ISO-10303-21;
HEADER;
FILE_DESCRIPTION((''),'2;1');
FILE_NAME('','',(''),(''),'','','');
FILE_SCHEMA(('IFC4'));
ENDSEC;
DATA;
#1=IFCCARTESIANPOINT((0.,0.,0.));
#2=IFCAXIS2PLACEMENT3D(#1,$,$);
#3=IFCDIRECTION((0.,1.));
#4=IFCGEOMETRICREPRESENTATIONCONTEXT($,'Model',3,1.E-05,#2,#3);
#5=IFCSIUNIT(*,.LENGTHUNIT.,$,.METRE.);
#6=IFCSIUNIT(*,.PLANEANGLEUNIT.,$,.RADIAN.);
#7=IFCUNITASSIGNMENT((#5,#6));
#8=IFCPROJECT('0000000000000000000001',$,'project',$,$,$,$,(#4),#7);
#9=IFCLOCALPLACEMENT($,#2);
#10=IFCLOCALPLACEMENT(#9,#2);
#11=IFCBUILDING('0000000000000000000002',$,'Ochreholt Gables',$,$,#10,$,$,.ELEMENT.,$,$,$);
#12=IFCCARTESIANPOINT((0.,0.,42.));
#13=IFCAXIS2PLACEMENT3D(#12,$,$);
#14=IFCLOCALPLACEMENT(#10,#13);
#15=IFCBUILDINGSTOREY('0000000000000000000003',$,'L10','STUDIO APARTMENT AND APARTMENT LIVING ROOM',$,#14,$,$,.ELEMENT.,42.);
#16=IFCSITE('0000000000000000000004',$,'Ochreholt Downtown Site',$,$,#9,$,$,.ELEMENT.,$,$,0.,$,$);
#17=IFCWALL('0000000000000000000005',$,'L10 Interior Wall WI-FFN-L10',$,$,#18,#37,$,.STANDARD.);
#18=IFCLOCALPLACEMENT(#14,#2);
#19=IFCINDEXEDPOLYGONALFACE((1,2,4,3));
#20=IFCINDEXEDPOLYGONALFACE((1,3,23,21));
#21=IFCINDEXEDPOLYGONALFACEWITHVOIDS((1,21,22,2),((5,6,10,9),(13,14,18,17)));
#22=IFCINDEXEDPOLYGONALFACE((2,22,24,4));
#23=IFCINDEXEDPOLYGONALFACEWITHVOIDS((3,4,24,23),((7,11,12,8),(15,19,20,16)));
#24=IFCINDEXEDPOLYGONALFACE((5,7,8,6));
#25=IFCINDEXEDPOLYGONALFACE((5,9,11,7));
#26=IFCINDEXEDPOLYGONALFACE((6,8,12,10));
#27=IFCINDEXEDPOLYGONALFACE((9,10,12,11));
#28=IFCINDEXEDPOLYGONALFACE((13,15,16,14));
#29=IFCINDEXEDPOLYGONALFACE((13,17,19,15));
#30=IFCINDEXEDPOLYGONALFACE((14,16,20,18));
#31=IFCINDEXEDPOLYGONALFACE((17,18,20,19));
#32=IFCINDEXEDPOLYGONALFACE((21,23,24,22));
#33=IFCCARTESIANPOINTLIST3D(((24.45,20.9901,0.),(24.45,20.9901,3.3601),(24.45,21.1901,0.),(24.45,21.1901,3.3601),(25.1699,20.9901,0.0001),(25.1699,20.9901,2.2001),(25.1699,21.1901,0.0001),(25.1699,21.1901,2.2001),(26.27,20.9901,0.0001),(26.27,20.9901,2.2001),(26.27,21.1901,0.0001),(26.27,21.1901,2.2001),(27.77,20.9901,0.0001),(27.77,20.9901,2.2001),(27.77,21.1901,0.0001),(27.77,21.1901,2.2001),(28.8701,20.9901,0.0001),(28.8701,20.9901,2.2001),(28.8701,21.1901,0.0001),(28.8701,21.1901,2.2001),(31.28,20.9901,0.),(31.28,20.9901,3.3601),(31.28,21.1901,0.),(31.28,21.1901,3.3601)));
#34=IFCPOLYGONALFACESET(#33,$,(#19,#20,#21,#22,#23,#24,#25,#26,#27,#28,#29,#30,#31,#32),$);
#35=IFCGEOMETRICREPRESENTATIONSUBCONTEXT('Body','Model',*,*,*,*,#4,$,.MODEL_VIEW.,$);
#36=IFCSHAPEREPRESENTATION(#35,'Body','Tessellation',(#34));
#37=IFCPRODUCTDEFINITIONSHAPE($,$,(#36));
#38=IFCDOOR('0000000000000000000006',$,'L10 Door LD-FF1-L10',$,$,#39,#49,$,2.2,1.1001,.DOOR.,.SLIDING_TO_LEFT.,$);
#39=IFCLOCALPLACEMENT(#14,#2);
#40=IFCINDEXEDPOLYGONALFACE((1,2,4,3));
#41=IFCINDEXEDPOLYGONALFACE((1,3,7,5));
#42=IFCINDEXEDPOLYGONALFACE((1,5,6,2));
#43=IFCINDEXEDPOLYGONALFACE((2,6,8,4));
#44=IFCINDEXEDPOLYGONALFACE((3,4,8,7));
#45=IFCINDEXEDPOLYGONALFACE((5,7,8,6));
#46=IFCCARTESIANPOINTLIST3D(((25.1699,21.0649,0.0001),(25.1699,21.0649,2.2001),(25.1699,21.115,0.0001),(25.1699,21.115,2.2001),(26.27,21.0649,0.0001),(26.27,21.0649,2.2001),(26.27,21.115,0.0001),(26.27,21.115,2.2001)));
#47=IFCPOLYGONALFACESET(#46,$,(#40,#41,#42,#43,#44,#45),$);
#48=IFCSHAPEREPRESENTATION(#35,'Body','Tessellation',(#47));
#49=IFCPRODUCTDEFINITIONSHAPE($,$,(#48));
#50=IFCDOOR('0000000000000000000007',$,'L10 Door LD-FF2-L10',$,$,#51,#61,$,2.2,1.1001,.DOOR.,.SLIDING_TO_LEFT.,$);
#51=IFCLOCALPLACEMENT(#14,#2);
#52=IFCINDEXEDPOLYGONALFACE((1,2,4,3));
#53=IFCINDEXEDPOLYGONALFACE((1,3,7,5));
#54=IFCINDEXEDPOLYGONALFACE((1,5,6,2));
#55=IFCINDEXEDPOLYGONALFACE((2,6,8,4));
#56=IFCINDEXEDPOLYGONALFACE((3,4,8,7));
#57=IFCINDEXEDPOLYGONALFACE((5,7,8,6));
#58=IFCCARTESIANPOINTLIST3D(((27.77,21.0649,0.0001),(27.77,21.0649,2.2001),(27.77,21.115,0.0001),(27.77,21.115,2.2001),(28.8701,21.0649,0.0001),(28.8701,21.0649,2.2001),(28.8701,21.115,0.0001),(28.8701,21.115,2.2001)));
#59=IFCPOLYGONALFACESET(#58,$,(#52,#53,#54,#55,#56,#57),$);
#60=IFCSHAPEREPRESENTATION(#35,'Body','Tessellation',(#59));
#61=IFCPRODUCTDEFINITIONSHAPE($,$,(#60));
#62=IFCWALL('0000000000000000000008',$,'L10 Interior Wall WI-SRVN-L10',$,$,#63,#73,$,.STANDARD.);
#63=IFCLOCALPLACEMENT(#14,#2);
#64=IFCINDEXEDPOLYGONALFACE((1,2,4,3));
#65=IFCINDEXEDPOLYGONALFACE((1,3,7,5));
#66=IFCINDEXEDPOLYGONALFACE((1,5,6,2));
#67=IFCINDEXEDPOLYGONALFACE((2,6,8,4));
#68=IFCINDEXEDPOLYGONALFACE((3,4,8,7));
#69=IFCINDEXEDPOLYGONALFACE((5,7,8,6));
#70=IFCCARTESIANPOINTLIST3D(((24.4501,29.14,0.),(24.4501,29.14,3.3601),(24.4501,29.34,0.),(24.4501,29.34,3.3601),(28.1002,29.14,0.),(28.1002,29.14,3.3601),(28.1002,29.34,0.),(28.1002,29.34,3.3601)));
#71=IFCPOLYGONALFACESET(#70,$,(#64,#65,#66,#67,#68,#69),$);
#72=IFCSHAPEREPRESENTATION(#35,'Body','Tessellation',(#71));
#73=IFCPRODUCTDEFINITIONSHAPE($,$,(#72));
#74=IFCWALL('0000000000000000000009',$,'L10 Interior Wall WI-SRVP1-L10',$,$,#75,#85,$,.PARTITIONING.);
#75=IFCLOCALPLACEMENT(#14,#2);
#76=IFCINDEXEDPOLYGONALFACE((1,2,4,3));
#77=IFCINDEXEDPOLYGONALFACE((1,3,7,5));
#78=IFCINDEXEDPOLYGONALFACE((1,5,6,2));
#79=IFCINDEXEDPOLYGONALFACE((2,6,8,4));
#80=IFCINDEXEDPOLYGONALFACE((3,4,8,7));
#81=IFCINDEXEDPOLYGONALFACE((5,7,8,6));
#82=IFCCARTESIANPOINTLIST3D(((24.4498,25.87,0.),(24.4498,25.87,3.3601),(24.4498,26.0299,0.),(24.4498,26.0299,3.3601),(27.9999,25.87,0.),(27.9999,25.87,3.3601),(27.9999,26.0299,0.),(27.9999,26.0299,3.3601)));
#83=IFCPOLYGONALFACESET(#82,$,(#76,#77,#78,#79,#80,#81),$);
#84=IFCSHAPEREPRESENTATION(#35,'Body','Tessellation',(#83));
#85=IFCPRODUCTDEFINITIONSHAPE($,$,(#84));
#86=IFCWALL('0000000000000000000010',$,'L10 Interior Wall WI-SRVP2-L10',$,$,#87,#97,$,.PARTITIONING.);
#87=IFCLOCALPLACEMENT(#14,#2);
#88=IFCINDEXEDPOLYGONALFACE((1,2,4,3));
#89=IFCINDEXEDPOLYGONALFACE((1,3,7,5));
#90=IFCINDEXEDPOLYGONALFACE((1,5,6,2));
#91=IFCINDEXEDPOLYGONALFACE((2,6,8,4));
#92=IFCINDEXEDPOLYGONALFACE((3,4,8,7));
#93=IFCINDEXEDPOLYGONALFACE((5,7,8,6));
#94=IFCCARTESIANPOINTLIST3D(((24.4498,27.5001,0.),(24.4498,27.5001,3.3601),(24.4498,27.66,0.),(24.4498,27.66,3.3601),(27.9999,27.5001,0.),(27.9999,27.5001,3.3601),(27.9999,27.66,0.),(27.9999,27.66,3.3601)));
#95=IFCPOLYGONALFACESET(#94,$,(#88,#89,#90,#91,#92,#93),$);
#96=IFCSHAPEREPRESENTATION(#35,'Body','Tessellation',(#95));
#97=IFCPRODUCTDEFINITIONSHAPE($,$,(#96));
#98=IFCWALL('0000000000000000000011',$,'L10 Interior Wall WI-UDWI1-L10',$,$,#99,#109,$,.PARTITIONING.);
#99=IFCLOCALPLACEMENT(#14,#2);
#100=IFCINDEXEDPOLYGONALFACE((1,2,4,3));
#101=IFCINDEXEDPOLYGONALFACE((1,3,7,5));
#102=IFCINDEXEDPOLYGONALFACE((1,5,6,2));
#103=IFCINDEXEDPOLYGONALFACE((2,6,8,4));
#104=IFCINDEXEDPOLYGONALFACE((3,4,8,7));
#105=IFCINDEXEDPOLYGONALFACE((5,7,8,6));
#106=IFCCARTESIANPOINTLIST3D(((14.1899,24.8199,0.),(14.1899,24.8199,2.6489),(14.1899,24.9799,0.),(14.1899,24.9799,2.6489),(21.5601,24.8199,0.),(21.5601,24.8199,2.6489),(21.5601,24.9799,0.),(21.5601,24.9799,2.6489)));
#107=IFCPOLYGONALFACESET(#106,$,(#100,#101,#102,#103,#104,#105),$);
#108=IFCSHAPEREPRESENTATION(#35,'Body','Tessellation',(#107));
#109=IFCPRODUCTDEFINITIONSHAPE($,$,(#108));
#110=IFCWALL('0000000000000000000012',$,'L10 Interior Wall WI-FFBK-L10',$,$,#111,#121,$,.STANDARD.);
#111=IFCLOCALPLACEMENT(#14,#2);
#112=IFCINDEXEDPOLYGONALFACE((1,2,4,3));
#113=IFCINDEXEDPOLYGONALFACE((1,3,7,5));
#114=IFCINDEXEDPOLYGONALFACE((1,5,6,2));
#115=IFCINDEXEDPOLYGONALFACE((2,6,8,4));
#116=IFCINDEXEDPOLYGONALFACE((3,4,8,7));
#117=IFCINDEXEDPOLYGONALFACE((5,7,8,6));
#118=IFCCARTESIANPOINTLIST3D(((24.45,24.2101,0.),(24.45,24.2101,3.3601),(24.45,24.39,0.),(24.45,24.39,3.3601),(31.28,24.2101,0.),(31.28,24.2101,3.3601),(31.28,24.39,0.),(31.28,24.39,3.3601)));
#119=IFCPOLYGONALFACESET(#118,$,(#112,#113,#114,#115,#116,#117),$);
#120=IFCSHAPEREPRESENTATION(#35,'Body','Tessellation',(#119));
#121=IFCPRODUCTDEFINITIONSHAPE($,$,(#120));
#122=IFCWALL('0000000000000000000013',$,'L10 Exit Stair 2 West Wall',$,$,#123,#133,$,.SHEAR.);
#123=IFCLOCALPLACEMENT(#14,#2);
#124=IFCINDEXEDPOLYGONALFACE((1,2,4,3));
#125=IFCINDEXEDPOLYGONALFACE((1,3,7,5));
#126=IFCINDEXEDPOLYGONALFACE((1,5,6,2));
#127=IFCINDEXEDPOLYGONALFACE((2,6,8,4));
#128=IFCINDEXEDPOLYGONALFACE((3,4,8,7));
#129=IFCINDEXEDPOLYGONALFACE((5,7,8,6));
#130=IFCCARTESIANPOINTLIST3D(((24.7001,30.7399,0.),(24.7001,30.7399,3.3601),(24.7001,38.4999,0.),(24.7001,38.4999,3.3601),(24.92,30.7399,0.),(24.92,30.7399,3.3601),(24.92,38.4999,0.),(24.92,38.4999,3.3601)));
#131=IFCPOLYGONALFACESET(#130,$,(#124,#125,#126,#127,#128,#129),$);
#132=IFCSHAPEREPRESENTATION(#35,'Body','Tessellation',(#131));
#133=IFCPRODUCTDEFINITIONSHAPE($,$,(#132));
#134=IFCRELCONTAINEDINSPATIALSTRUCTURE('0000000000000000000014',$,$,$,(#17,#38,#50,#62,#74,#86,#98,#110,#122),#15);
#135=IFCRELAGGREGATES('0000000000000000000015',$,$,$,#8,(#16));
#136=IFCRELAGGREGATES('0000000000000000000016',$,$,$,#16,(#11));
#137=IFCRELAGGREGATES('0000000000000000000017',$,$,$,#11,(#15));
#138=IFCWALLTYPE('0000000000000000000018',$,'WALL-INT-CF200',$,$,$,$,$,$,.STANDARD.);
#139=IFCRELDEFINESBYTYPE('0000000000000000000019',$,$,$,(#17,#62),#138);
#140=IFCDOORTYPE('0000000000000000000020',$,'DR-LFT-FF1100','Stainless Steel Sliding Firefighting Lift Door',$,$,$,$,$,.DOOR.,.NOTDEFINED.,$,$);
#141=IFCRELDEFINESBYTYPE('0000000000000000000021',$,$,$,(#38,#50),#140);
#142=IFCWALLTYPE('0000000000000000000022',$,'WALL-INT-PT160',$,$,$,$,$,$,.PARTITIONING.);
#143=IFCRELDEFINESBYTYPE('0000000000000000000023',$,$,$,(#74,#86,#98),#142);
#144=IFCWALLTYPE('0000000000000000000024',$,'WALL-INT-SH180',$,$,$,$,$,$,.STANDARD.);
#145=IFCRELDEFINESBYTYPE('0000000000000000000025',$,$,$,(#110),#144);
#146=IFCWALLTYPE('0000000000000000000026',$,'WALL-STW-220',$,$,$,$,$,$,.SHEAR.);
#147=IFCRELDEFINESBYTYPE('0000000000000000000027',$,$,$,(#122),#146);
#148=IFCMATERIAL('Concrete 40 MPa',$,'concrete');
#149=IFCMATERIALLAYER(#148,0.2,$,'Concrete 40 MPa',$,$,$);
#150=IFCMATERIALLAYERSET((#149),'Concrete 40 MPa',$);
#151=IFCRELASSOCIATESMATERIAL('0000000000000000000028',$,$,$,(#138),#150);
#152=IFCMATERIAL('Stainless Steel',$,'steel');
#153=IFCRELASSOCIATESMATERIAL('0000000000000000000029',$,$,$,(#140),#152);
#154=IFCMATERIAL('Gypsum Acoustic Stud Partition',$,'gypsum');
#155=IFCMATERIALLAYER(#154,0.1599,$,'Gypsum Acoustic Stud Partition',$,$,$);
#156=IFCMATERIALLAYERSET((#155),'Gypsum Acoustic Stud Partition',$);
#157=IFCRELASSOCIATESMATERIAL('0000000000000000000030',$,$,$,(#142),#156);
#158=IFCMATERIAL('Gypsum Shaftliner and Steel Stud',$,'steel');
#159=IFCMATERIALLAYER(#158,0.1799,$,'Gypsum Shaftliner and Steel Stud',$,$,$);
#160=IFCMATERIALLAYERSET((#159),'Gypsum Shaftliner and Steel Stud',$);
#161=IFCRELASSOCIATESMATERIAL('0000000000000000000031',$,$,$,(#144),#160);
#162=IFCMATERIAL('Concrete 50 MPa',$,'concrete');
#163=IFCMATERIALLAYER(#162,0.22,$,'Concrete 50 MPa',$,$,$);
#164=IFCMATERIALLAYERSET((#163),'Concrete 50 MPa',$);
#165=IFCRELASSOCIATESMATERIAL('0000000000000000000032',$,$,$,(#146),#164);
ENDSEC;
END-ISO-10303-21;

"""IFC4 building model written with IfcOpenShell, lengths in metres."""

from ifc_helpers import new_model, si_unit, direction, frame, frame_2d, origin, place, context, subcontext, project, spatial, rectangle, extrude, material, layer, layer_set, type_object, element, fill, save


model = new_model("IFC4")

# Units and contexts
model_context = context("Model", 3, precision=1e-05, world=origin(), true_north=direction((0.0, 1.0)))
body_context = subcontext(model_context, "Body", "Model", "MODEL_VIEW")
ifc_project = project(units=[si_unit("LENGTHUNIT", "METRE"), si_unit("PLANEANGLEUNIT", "RADIAN")], contexts=[model_context])

# Site, building, storey
site_placement = place(None, origin())
site = spatial("IfcSite", under=ifc_project, at=site_placement, Name="Ochreholt Downtown Site", CompositionType="ELEMENT", RefElevation=0.0)
building_placement = place(site_placement, origin())
building = spatial("IfcBuilding", under=site, at=building_placement, Name="Ochreholt Gables", CompositionType="ELEMENT")
storey_placement = place(building_placement, frame((0.0, 0.0, 42.0)))
storey = spatial("IfcBuildingStorey", under=building, at=storey_placement, Name="L10", Description="STUDIO APARTMENT AND APARTMENT LIVING ROOM", CompositionType="ELEMENT", Elevation=42.0)

# Wall, openings, doors
ifc_material_1 = material(Name="Concrete 40 MPa", Category="concrete")
ifc_layer_1 = layer(ifc_material_1, 0.2, Name="Concrete 40 MPa")
ifc_layer_set_1 = layer_set([ifc_layer_1], Name="Concrete 40 MPa")
wall_type_1 = type_object("IfcWallType", Name="WALL-INT-CF200", PredefinedType="STANDARD", material=ifc_layer_set_1)
wall_1_placement = place(storey_placement, frame((24.45, 21.0901, 0.0), z_axis=(0.0, 0.0, 1.0), x_axis=(1.0, 0.0, 0.0)))
wall_1 = element("IfcWall", 1, at=wall_1_placement, inside=storey, type_object=wall_type_1, Name="L10 Interior Wall WI-FFN-L10", PredefinedType="STANDARD", context=body_context, shape_type="SweptSolid", body=[
    extrude(rectangle(XDim=6.8301, YDim=0.2, at=frame_2d((3.415, 0.0))), origin(), (0.0, 0.0, 1.0), 3.3601),
])
opening_1_placement = place(wall_1_placement, frame((0.72, 0.0, 0.0)))
opening_1 = element("IfcOpeningElement", 2, at=opening_1_placement, cuts=wall_1, PredefinedType="OPENING", context=body_context, shape_type="SweptSolid", body=[
    extrude(rectangle(XDim=1.1001, YDim=2.2, at=frame_2d((0.55, 1.1001))), frame((0.0, 0.1099, 0.0), z_axis=(0.0, -1.0, 0.0), x_axis=(1.0, 0.0, 0.0)), (0.0, 0.0, 1.0), 0.22),
])
opening_2_placement = place(wall_1_placement, frame((3.3201, 0.0, 0.0)))
opening_2 = element("IfcOpeningElement", 3, at=opening_2_placement, cuts=wall_1, PredefinedType="OPENING", context=body_context, shape_type="SweptSolid", body=[
    extrude(rectangle(XDim=1.1001, YDim=2.2, at=frame_2d((0.55, 1.1001))), frame((0.0, 0.1099, 0.0), z_axis=(0.0, -1.0, 0.0), x_axis=(1.0, 0.0, 0.0)), (0.0, 0.0, 1.0), 0.22),
])
ifc_material_2 = material(Name="Stainless Steel", Category="steel")
door_type_1 = type_object("IfcDoorType", Name="DR-LFT-FF1100", Description="Stainless Steel Sliding Firefighting Lift Door", OperationType="NOTDEFINED", PredefinedType="DOOR", material=ifc_material_2)
door_1_placement = place(opening_1_placement, origin())
door_1 = element("IfcDoor", 4, at=door_1_placement, inside=storey, type_object=door_type_1, Name="L10 Door LD-FF1-L10", OperationType="SLIDING_TO_LEFT", OverallHeight=2.2, OverallWidth=1.1001, PredefinedType="DOOR", context=body_context, shape_type="SweptSolid", body=[
    extrude(rectangle(XDim=1.1001, YDim=2.2, at=frame_2d((0.55, 1.1001))), frame((0.0, 0.0249, 0.0), z_axis=(0.0, -1.0, 0.0), x_axis=(1.0, 0.0, 0.0)), (0.0, 0.0, 1.0), 0.05),
])
fill(opening_1, door_1)
door_2_placement = place(opening_2_placement, origin())
door_2 = element("IfcDoor", 5, at=door_2_placement, inside=storey, type_object=door_type_1, Name="L10 Door LD-FF2-L10", OperationType="SLIDING_TO_LEFT", OverallHeight=2.2, OverallWidth=1.1001, PredefinedType="DOOR", context=body_context, shape_type="SweptSolid", body=[
    extrude(rectangle(XDim=1.1001, YDim=2.2, at=frame_2d((0.55, 1.1001))), frame((0.0, 0.0249, 0.0), z_axis=(0.0, -1.0, 0.0), x_axis=(1.0, 0.0, 0.0)), (0.0, 0.0, 1.0), 0.05),
])
fill(opening_2, door_2)

# Walls
wall_2_placement = place(storey_placement, frame((24.45, 29.24, 0.0), z_axis=(0.0, 0.0, 1.0), x_axis=(1.0, 0.0, 0.0)))
element("IfcWall", 6, at=wall_2_placement, inside=storey, type_object=wall_type_1, Name="L10 Interior Wall WI-SRVN-L10", PredefinedType="STANDARD", context=body_context, shape_type="SweptSolid", body=[
    extrude(rectangle(XDim=3.6501, YDim=0.2, at=frame_2d((1.8252, 0.0))), origin(), (0.0, 0.0, 1.0), 3.3601),
])
ifc_material_3 = material(Name="Gypsum Acoustic Stud Partition", Category="gypsum")
ifc_layer_2 = layer(ifc_material_3, 0.1599, Name="Gypsum Acoustic Stud Partition")
ifc_layer_set_2 = layer_set([ifc_layer_2], Name="Gypsum Acoustic Stud Partition")
wall_type_2 = type_object("IfcWallType", Name="WALL-INT-PT160", PredefinedType="PARTITIONING", material=ifc_layer_set_2)
for number, where, z_axis, x_axis, name in (
    (7, (24.45, 25.95, 0.0), (0.0, 0.0, 1.0), (1.0, 0.0, 0.0), "L10 Interior Wall WI-SRVP1-L10"),
    (8, (24.45, 27.5801, 0.0), (0.0, 0.0, 1.0), (1.0, 0.0, 0.0), "L10 Interior Wall WI-SRVP2-L10"),
):
    element("IfcWall", number, at=place(storey_placement, frame(where, z_axis=z_axis, x_axis=x_axis)), inside=storey, type_object=wall_type_2, Name=name, PredefinedType="PARTITIONING", context=body_context, shape_type="SweptSolid", body=[
        extrude(rectangle(XDim=3.55, YDim=0.1599, at=frame_2d((1.7749, 0.0))), origin(), (0.0, 0.0, 1.0), 3.3601),
    ])
wall_3_placement = place(storey_placement, frame((14.1899, 24.8999, 0.0), z_axis=(0.0, 0.0, 1.0), x_axis=(1.0, 0.0, 0.0)))
element("IfcWall", 9, at=wall_3_placement, inside=storey, type_object=wall_type_2, Name="L10 Interior Wall WI-UDWI1-L10", PredefinedType="PARTITIONING", context=body_context, shape_type="SweptSolid", body=[
    extrude(rectangle(XDim=7.3701, YDim=0.1599, at=frame_2d((3.6851, 0.0))), origin(), (0.0, 0.0, 1.0), 2.6489),
])
ifc_material_4 = material(Name="Gypsum Shaftliner and Steel Stud", Category="steel")
ifc_layer_3 = layer(ifc_material_4, 0.1799, Name="Gypsum Shaftliner and Steel Stud")
ifc_layer_set_3 = layer_set([ifc_layer_3], Name="Gypsum Shaftliner and Steel Stud")
wall_type_3 = type_object("IfcWallType", Name="WALL-INT-SH180", PredefinedType="STANDARD", material=ifc_layer_set_3)
wall_4_placement = place(storey_placement, frame((24.45, 24.3, 0.0), z_axis=(0.0, 0.0, 1.0), x_axis=(1.0, 0.0, 0.0)))
element("IfcWall", 10, at=wall_4_placement, inside=storey, type_object=wall_type_3, Name="L10 Interior Wall WI-FFBK-L10", PredefinedType="STANDARD", context=body_context, shape_type="SweptSolid", body=[
    extrude(rectangle(XDim=6.8301, YDim=0.1799, at=frame_2d((3.415, 0.0))), origin(), (0.0, 0.0, 1.0), 3.3601),
])
ifc_material_5 = material(Name="Concrete 50 MPa", Category="concrete")
ifc_layer_4 = layer(ifc_material_5, 0.22, Name="Concrete 50 MPa")
ifc_layer_set_4 = layer_set([ifc_layer_4], Name="Concrete 50 MPa")
wall_type_4 = type_object("IfcWallType", Name="WALL-STW-220", PredefinedType="SHEAR", material=ifc_layer_set_4)
wall_5_placement = place(storey_placement, frame((24.8101, 30.74, 0.0), z_axis=(0.0, 0.0, 1.0), x_axis=(0.0, 1.0, 0.0)))
element("IfcWall", 11, at=wall_5_placement, inside=storey, type_object=wall_type_4, Name="L10 Exit Stair 2 West Wall", PredefinedType="SHEAR", context=body_context, shape_type="SweptSolid", body=[
    extrude(rectangle(XDim=7.76, YDim=0.22, at=frame_2d((3.8799, 0.0))), origin(), (0.0, 0.0, 1.0), 3.3601),
])

save(model, "model.ifc")
